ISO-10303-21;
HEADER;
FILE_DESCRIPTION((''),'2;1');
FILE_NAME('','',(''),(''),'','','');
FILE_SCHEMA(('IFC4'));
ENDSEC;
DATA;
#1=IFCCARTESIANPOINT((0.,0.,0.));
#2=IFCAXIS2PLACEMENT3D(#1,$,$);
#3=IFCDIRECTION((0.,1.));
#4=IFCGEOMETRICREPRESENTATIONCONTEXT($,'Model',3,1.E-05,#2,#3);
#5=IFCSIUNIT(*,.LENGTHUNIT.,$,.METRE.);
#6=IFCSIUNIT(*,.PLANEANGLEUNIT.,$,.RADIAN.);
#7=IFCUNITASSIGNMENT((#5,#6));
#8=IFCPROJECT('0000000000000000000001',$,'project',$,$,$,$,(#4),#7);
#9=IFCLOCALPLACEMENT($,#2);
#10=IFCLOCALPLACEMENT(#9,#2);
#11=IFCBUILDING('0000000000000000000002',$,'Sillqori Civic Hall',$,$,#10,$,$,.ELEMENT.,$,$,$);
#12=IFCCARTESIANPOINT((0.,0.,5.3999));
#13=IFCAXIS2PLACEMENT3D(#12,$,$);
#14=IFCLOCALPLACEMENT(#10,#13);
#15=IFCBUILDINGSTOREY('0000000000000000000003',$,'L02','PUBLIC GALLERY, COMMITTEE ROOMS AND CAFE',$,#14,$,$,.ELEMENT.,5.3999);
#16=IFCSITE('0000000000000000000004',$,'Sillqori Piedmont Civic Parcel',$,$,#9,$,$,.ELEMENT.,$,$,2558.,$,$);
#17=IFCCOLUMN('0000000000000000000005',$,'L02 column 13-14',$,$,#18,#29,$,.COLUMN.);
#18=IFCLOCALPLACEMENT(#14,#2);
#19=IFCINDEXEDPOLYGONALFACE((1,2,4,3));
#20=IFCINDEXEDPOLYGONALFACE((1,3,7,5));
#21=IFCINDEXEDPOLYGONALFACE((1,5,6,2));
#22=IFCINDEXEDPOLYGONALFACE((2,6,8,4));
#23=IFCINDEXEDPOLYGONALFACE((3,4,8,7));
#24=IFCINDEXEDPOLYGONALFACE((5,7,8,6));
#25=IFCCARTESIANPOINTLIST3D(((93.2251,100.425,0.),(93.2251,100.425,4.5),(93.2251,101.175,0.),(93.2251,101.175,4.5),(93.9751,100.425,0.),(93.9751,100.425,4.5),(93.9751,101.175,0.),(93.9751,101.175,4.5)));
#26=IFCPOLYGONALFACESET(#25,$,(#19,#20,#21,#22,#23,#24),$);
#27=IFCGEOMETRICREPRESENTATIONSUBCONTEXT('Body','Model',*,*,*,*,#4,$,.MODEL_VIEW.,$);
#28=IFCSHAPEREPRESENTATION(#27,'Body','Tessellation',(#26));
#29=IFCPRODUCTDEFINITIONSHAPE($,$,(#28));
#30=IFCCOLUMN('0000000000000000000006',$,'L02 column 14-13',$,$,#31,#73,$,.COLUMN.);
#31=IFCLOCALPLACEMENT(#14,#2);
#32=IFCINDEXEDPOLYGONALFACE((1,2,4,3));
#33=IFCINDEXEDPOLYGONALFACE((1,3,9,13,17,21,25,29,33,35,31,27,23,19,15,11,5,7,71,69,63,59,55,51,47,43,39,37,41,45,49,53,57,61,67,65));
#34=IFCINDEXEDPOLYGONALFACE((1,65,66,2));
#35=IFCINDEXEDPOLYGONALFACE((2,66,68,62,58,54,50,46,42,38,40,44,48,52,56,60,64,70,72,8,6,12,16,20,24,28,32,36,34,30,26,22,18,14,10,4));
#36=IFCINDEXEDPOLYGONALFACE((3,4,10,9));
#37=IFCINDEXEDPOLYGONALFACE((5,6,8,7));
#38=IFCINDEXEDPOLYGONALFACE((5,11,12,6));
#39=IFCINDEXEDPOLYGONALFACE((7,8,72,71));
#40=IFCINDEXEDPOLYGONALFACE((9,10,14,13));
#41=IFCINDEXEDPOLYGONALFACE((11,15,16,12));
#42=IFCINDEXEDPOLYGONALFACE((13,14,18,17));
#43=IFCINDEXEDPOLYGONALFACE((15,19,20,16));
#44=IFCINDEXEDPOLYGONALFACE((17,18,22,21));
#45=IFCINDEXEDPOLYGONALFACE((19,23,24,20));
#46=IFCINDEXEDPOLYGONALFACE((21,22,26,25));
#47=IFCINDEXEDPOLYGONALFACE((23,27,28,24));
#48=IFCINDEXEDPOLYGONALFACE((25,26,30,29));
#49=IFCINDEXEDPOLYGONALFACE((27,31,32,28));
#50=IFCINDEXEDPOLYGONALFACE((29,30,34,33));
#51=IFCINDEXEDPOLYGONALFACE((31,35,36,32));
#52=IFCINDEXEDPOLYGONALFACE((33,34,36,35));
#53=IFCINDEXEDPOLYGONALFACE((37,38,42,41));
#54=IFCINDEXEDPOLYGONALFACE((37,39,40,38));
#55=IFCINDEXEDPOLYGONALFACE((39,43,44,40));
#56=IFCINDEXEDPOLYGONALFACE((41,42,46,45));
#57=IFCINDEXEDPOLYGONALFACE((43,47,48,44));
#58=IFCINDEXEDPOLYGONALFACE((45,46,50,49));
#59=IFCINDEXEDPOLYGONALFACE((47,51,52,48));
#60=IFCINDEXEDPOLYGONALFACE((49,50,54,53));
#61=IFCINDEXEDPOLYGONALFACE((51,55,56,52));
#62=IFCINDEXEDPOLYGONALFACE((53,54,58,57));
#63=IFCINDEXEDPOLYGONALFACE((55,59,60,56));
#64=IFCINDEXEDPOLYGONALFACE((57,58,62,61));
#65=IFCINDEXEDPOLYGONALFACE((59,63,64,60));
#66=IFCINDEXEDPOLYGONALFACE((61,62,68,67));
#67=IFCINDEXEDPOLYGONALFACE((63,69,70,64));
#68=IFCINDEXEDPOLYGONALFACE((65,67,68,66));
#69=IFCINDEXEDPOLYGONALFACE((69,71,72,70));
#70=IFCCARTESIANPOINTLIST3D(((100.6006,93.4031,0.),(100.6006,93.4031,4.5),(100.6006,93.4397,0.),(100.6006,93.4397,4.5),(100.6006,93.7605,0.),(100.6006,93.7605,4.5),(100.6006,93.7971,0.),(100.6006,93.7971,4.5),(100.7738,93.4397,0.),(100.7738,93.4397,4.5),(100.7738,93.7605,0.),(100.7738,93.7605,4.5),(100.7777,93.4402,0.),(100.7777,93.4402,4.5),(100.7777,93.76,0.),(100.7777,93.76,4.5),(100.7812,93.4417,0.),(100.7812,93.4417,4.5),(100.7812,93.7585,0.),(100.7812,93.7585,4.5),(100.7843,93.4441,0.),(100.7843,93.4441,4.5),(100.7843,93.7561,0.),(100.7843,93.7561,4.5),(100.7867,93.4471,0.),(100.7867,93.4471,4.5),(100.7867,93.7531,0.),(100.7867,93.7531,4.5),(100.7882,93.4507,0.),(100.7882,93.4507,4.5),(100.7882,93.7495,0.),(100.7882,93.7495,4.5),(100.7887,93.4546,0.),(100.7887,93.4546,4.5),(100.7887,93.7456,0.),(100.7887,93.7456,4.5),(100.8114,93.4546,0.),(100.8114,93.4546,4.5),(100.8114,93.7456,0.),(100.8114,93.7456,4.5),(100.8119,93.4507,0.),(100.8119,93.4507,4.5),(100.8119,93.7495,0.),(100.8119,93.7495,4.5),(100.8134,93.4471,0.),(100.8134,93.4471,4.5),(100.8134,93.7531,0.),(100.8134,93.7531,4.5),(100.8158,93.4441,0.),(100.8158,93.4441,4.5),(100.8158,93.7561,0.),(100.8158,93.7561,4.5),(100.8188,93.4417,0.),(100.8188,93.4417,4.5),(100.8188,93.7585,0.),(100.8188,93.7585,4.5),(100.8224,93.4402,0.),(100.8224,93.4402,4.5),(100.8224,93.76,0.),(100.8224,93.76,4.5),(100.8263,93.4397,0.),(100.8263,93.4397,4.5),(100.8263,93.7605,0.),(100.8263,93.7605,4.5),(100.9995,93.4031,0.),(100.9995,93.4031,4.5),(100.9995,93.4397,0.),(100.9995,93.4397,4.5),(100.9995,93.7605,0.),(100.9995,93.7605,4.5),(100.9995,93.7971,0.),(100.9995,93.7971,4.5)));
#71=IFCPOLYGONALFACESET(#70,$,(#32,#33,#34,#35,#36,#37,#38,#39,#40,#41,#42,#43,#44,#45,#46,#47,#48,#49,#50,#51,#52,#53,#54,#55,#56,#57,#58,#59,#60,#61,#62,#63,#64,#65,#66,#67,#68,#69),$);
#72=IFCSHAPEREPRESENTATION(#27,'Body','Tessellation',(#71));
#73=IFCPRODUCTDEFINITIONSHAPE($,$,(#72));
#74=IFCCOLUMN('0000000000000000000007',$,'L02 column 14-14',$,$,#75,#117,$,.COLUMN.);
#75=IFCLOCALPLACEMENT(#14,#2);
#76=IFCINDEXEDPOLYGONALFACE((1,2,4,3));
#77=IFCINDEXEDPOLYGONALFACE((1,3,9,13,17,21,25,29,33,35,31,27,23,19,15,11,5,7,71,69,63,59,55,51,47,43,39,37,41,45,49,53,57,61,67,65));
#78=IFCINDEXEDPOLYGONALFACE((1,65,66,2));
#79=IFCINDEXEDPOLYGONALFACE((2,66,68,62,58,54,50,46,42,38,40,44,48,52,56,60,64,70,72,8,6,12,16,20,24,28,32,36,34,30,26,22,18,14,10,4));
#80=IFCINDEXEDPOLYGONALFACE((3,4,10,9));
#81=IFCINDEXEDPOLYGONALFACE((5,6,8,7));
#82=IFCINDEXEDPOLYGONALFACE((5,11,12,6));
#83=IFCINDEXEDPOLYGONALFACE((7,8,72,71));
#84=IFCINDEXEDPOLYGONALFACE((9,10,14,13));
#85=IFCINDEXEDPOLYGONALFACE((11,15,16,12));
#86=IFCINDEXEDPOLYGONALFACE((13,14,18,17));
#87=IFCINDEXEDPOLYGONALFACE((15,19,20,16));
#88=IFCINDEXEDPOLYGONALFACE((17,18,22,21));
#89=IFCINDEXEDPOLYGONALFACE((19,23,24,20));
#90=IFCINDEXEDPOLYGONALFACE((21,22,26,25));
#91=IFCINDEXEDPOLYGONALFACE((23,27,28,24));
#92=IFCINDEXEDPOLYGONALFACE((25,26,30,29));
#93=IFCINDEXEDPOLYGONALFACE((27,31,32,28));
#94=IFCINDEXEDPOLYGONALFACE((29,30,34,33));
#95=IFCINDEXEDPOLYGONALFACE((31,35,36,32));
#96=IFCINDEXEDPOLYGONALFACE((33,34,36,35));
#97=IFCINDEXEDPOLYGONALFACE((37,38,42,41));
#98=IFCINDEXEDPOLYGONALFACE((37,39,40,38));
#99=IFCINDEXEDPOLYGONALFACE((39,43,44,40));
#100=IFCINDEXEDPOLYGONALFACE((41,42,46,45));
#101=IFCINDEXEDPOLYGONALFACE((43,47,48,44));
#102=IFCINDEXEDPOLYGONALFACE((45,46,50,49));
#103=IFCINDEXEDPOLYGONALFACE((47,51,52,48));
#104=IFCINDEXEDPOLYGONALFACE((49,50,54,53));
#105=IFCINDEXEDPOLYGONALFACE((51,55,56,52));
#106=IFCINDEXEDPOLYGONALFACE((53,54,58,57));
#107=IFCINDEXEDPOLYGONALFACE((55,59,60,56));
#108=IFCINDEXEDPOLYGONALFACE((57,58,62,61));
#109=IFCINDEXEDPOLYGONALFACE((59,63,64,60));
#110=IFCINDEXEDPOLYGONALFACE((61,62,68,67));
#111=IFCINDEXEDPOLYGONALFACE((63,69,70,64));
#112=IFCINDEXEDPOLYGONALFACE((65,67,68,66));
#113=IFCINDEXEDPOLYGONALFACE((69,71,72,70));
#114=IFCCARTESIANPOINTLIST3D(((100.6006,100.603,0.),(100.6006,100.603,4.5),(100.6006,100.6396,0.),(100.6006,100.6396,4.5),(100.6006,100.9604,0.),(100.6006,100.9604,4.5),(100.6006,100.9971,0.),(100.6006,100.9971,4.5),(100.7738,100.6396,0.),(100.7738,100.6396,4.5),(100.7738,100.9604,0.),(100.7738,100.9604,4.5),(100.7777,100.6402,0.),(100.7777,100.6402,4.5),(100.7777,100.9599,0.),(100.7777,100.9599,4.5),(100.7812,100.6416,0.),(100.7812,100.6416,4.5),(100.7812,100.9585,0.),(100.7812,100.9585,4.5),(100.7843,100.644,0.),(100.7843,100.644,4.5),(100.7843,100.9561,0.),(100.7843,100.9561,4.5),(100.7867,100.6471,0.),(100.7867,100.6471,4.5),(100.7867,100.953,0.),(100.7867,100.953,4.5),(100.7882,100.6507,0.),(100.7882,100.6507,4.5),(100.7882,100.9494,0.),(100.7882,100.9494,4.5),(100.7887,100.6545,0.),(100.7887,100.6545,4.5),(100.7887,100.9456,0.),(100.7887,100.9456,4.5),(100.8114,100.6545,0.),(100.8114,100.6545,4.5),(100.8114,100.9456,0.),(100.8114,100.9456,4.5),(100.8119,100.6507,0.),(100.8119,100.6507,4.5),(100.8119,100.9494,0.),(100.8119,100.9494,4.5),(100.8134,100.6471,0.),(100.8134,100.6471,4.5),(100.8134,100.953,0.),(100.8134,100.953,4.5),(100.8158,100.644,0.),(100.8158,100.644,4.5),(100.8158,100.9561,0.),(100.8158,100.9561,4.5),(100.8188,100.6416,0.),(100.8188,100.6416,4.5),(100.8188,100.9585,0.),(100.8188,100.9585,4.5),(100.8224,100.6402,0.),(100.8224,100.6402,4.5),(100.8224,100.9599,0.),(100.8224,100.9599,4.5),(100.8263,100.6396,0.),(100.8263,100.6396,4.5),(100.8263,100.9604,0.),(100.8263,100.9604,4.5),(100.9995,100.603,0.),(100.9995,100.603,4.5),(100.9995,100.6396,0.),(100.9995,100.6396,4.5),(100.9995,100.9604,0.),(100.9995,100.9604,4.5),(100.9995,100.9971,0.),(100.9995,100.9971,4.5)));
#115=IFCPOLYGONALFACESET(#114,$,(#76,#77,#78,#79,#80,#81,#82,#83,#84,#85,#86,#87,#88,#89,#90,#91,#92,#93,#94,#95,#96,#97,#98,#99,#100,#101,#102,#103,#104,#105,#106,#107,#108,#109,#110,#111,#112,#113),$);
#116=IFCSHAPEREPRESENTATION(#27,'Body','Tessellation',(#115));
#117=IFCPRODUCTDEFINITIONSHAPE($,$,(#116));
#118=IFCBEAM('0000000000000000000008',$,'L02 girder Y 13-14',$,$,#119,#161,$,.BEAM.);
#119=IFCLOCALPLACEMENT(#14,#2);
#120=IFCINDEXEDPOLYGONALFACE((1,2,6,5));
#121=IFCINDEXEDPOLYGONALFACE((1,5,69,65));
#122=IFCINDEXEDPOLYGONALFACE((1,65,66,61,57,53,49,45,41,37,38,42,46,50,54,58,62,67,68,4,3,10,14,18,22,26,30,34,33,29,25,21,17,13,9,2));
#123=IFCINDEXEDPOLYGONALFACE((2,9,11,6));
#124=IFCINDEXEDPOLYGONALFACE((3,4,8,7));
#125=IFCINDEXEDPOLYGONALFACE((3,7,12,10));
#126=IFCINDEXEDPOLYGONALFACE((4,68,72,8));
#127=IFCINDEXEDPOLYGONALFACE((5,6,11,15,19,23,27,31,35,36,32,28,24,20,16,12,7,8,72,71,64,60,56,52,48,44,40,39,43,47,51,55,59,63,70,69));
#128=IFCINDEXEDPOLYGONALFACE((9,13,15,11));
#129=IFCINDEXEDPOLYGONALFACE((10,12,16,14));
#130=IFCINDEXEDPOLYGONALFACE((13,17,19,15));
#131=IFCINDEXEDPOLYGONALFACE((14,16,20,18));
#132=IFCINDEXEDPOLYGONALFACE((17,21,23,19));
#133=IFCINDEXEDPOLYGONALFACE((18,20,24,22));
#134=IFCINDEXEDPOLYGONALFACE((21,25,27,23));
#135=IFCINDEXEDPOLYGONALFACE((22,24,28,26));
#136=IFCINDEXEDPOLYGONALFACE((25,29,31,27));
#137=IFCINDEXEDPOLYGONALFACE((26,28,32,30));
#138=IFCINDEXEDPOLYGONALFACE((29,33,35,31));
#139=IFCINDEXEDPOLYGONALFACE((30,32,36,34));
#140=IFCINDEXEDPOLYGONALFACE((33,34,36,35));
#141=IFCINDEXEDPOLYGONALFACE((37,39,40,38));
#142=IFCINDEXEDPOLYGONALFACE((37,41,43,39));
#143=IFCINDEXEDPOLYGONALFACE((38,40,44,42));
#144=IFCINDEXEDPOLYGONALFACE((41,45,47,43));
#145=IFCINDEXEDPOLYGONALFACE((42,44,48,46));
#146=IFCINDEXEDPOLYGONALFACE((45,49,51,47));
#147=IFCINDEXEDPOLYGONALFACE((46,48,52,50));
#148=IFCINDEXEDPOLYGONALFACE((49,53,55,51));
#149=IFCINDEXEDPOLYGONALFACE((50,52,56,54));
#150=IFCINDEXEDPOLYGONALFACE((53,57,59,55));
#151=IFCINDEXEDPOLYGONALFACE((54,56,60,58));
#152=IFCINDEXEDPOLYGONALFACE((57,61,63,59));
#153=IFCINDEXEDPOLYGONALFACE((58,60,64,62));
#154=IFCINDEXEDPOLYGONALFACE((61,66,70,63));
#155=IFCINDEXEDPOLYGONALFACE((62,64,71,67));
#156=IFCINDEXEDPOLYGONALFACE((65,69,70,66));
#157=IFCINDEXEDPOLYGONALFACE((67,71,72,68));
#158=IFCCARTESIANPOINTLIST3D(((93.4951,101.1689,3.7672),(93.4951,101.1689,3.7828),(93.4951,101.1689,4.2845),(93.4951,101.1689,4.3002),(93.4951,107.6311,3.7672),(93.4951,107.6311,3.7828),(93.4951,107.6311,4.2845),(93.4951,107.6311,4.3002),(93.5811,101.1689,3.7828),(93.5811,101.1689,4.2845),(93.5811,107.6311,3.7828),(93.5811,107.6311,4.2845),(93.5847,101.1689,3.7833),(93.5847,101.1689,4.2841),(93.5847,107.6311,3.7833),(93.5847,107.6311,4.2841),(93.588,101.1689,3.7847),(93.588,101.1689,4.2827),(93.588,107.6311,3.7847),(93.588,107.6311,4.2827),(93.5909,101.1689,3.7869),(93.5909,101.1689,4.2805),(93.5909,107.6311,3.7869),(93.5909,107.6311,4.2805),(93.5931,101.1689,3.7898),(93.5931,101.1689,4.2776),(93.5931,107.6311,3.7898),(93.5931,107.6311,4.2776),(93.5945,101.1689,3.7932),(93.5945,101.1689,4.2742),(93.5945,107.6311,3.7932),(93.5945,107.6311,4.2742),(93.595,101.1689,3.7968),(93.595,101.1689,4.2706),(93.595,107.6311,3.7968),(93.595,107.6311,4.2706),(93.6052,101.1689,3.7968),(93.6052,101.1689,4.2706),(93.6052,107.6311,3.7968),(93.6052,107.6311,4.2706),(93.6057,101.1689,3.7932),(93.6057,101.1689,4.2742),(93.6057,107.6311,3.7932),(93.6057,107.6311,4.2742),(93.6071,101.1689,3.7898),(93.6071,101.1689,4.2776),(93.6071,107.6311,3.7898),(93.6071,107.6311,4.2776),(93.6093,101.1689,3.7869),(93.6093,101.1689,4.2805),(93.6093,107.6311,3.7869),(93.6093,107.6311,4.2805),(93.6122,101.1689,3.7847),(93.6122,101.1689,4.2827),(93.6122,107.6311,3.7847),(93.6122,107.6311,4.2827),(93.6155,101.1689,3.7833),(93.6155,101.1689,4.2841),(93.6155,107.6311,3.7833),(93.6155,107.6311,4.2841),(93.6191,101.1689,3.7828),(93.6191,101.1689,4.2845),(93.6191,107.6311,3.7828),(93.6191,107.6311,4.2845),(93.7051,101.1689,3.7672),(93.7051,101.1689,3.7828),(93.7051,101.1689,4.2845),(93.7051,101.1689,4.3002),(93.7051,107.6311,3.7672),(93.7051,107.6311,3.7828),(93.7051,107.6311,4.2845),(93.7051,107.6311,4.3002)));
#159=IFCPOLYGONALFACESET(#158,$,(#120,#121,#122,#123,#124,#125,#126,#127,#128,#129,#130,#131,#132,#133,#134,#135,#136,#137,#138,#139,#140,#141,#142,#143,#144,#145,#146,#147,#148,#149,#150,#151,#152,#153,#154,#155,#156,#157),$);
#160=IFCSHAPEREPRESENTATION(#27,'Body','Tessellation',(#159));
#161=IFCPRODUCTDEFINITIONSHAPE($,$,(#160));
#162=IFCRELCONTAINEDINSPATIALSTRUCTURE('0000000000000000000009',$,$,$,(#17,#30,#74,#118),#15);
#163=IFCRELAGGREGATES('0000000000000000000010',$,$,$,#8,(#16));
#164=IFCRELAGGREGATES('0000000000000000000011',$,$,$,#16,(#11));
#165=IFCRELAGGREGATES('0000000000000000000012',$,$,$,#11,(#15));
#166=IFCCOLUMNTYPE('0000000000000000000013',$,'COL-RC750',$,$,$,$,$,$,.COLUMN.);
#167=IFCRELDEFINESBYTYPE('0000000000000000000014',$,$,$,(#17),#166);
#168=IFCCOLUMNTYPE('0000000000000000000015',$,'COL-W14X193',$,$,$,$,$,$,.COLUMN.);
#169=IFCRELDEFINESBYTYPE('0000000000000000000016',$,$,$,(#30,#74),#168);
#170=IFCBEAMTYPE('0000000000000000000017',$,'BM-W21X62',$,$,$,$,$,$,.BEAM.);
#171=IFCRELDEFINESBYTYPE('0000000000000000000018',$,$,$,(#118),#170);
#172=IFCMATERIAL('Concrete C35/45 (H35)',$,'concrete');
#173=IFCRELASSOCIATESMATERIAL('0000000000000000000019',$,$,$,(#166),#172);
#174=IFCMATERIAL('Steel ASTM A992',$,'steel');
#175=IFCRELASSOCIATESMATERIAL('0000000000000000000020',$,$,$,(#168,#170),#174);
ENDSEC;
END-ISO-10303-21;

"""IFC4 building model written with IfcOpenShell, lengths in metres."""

from ifc_helpers import new_model, si_unit, direction, frame, origin, origin_2d, place, context, subcontext, project, spatial, rectangle, i_section, extrude, material, material_profile, profile_set, type_object, element, save


model = new_model("IFC4")

# Units and contexts
model_context = context("Model", 3, precision=1e-05, world=origin(), true_north=direction((0.0, 1.0)))
body_context = subcontext(model_context, "Body", "Model", "MODEL_VIEW")
ifc_project = project(units=[si_unit("LENGTHUNIT", "METRE"), si_unit("PLANEANGLEUNIT", "RADIAN")], contexts=[model_context])

# Site, building, storey
site_placement = place(None, origin())
site = spatial("IfcSite", under=ifc_project, at=site_placement, Name="Sillqori Piedmont Civic Parcel", CompositionType="ELEMENT", RefElevation=2558.0)
building_placement = place(site_placement, origin())
building = spatial("IfcBuilding", under=site, at=building_placement, Name="Sillqori Civic Hall", CompositionType="ELEMENT")
storey_placement = place(building_placement, frame((0.0, 0.0, 5.3999)))
storey = spatial("IfcBuildingStorey", under=building, at=storey_placement, Name="L02", Description="PUBLIC GALLERY, COMMITTEE ROOMS AND CAFE", CompositionType="ELEMENT", Elevation=5.3999)

# Columns
ifc_material_1 = material(Name="Concrete C35/45 (H35)", Category="concrete")
ifc_material_profile_1 = material_profile(ifc_material_1, rectangle(XDim=0.75, YDim=0.75, at=origin_2d()), Name="RC 750x750")
ifc_profile_set_1 = profile_set([ifc_material_profile_1], Name="Concrete C35/45 (H35)")
column_type_1 = type_object("IfcColumnType", Name="COL-RC750", PredefinedType="COLUMN", material=ifc_profile_set_1)
column_placement = place(storey_placement, frame((93.6001, 100.8, 0.0), z_axis=(0.0, 0.0, 1.0), x_axis=(1.0, 0.0, 0.0)))
element("IfcColumn", 1, at=column_placement, inside=storey, type_object=column_type_1, Name="L02 column 13-14", PredefinedType="COLUMN", context=body_context, shape_type="SweptSolid", body=[
    extrude(rectangle(XDim=0.75, YDim=0.75, at=origin_2d()), origin(), (0.0, 0.0, 1.0), 4.5),
])
ifc_material_2 = material(Name="Steel ASTM A992", Category="steel")
ifc_material_profile_2 = material_profile(ifc_material_2, i_section(OverallWidth=0.3989, OverallDepth=0.394, WebThickness=0.0227, FlangeThickness=0.0366, FilletRadius=0.0149, at=origin_2d()), Name="W14X193")
ifc_profile_set_2 = profile_set([ifc_material_profile_2], Name="Steel ASTM A992")
column_type_2 = type_object("IfcColumnType", Name="COL-W14X193", PredefinedType="COLUMN", material=ifc_profile_set_2)
for number, where, z_axis, x_axis, name in (
    (2, (100.8, 93.6001, 0.0), (0.0, 0.0, 1.0), (1.0, 0.0, 0.0), "L02 column 14-13"),
    (3, (100.8, 100.8, 0.0), (0.0, 0.0, 1.0), (1.0, 0.0, 0.0), "L02 column 14-14"),
):
    element("IfcColumn", number, at=place(storey_placement, frame(where, z_axis=z_axis, x_axis=x_axis)), inside=storey, type_object=column_type_2, Name=name, PredefinedType="COLUMN", context=body_context, shape_type="SweptSolid", body=[
        extrude(i_section(OverallWidth=0.3989, OverallDepth=0.394, WebThickness=0.0227, FlangeThickness=0.0366, FilletRadius=0.0149, at=origin_2d()), origin(), (0.0, 0.0, 1.0), 4.5),
    ])

# Beam
ifc_material_profile_3 = material_profile(ifc_material_2, i_section(OverallWidth=0.21, OverallDepth=0.533, WebThickness=0.0103, FlangeThickness=0.0156, FilletRadius=0.0139, at=origin_2d()), Name="W21X62")
ifc_profile_set_3 = profile_set([ifc_material_profile_3], Name="Steel ASTM A992")
beam_type_1 = type_object("IfcBeamType", Name="BM-W21X62", PredefinedType="BEAM", material=ifc_profile_set_3)
beam_1_placement = place(storey_placement, frame((93.6001, 101.1689, 4.0337), z_axis=(0.0, 1.0, 0.0), x_axis=(-1.0, 0.0, 0.0)))
element("IfcBeam", 4, at=beam_1_placement, inside=storey, type_object=beam_type_1, Name="L02 girder Y 13-14", PredefinedType="BEAM", context=body_context, shape_type="SweptSolid", body=[
    extrude(i_section(OverallWidth=0.21, OverallDepth=0.533, WebThickness=0.0103, FlangeThickness=0.0156, FilletRadius=0.0139, at=origin_2d()), origin(), (0.0, 0.0, 1.0), 6.4622),
])

save(model, "model.ifc")
